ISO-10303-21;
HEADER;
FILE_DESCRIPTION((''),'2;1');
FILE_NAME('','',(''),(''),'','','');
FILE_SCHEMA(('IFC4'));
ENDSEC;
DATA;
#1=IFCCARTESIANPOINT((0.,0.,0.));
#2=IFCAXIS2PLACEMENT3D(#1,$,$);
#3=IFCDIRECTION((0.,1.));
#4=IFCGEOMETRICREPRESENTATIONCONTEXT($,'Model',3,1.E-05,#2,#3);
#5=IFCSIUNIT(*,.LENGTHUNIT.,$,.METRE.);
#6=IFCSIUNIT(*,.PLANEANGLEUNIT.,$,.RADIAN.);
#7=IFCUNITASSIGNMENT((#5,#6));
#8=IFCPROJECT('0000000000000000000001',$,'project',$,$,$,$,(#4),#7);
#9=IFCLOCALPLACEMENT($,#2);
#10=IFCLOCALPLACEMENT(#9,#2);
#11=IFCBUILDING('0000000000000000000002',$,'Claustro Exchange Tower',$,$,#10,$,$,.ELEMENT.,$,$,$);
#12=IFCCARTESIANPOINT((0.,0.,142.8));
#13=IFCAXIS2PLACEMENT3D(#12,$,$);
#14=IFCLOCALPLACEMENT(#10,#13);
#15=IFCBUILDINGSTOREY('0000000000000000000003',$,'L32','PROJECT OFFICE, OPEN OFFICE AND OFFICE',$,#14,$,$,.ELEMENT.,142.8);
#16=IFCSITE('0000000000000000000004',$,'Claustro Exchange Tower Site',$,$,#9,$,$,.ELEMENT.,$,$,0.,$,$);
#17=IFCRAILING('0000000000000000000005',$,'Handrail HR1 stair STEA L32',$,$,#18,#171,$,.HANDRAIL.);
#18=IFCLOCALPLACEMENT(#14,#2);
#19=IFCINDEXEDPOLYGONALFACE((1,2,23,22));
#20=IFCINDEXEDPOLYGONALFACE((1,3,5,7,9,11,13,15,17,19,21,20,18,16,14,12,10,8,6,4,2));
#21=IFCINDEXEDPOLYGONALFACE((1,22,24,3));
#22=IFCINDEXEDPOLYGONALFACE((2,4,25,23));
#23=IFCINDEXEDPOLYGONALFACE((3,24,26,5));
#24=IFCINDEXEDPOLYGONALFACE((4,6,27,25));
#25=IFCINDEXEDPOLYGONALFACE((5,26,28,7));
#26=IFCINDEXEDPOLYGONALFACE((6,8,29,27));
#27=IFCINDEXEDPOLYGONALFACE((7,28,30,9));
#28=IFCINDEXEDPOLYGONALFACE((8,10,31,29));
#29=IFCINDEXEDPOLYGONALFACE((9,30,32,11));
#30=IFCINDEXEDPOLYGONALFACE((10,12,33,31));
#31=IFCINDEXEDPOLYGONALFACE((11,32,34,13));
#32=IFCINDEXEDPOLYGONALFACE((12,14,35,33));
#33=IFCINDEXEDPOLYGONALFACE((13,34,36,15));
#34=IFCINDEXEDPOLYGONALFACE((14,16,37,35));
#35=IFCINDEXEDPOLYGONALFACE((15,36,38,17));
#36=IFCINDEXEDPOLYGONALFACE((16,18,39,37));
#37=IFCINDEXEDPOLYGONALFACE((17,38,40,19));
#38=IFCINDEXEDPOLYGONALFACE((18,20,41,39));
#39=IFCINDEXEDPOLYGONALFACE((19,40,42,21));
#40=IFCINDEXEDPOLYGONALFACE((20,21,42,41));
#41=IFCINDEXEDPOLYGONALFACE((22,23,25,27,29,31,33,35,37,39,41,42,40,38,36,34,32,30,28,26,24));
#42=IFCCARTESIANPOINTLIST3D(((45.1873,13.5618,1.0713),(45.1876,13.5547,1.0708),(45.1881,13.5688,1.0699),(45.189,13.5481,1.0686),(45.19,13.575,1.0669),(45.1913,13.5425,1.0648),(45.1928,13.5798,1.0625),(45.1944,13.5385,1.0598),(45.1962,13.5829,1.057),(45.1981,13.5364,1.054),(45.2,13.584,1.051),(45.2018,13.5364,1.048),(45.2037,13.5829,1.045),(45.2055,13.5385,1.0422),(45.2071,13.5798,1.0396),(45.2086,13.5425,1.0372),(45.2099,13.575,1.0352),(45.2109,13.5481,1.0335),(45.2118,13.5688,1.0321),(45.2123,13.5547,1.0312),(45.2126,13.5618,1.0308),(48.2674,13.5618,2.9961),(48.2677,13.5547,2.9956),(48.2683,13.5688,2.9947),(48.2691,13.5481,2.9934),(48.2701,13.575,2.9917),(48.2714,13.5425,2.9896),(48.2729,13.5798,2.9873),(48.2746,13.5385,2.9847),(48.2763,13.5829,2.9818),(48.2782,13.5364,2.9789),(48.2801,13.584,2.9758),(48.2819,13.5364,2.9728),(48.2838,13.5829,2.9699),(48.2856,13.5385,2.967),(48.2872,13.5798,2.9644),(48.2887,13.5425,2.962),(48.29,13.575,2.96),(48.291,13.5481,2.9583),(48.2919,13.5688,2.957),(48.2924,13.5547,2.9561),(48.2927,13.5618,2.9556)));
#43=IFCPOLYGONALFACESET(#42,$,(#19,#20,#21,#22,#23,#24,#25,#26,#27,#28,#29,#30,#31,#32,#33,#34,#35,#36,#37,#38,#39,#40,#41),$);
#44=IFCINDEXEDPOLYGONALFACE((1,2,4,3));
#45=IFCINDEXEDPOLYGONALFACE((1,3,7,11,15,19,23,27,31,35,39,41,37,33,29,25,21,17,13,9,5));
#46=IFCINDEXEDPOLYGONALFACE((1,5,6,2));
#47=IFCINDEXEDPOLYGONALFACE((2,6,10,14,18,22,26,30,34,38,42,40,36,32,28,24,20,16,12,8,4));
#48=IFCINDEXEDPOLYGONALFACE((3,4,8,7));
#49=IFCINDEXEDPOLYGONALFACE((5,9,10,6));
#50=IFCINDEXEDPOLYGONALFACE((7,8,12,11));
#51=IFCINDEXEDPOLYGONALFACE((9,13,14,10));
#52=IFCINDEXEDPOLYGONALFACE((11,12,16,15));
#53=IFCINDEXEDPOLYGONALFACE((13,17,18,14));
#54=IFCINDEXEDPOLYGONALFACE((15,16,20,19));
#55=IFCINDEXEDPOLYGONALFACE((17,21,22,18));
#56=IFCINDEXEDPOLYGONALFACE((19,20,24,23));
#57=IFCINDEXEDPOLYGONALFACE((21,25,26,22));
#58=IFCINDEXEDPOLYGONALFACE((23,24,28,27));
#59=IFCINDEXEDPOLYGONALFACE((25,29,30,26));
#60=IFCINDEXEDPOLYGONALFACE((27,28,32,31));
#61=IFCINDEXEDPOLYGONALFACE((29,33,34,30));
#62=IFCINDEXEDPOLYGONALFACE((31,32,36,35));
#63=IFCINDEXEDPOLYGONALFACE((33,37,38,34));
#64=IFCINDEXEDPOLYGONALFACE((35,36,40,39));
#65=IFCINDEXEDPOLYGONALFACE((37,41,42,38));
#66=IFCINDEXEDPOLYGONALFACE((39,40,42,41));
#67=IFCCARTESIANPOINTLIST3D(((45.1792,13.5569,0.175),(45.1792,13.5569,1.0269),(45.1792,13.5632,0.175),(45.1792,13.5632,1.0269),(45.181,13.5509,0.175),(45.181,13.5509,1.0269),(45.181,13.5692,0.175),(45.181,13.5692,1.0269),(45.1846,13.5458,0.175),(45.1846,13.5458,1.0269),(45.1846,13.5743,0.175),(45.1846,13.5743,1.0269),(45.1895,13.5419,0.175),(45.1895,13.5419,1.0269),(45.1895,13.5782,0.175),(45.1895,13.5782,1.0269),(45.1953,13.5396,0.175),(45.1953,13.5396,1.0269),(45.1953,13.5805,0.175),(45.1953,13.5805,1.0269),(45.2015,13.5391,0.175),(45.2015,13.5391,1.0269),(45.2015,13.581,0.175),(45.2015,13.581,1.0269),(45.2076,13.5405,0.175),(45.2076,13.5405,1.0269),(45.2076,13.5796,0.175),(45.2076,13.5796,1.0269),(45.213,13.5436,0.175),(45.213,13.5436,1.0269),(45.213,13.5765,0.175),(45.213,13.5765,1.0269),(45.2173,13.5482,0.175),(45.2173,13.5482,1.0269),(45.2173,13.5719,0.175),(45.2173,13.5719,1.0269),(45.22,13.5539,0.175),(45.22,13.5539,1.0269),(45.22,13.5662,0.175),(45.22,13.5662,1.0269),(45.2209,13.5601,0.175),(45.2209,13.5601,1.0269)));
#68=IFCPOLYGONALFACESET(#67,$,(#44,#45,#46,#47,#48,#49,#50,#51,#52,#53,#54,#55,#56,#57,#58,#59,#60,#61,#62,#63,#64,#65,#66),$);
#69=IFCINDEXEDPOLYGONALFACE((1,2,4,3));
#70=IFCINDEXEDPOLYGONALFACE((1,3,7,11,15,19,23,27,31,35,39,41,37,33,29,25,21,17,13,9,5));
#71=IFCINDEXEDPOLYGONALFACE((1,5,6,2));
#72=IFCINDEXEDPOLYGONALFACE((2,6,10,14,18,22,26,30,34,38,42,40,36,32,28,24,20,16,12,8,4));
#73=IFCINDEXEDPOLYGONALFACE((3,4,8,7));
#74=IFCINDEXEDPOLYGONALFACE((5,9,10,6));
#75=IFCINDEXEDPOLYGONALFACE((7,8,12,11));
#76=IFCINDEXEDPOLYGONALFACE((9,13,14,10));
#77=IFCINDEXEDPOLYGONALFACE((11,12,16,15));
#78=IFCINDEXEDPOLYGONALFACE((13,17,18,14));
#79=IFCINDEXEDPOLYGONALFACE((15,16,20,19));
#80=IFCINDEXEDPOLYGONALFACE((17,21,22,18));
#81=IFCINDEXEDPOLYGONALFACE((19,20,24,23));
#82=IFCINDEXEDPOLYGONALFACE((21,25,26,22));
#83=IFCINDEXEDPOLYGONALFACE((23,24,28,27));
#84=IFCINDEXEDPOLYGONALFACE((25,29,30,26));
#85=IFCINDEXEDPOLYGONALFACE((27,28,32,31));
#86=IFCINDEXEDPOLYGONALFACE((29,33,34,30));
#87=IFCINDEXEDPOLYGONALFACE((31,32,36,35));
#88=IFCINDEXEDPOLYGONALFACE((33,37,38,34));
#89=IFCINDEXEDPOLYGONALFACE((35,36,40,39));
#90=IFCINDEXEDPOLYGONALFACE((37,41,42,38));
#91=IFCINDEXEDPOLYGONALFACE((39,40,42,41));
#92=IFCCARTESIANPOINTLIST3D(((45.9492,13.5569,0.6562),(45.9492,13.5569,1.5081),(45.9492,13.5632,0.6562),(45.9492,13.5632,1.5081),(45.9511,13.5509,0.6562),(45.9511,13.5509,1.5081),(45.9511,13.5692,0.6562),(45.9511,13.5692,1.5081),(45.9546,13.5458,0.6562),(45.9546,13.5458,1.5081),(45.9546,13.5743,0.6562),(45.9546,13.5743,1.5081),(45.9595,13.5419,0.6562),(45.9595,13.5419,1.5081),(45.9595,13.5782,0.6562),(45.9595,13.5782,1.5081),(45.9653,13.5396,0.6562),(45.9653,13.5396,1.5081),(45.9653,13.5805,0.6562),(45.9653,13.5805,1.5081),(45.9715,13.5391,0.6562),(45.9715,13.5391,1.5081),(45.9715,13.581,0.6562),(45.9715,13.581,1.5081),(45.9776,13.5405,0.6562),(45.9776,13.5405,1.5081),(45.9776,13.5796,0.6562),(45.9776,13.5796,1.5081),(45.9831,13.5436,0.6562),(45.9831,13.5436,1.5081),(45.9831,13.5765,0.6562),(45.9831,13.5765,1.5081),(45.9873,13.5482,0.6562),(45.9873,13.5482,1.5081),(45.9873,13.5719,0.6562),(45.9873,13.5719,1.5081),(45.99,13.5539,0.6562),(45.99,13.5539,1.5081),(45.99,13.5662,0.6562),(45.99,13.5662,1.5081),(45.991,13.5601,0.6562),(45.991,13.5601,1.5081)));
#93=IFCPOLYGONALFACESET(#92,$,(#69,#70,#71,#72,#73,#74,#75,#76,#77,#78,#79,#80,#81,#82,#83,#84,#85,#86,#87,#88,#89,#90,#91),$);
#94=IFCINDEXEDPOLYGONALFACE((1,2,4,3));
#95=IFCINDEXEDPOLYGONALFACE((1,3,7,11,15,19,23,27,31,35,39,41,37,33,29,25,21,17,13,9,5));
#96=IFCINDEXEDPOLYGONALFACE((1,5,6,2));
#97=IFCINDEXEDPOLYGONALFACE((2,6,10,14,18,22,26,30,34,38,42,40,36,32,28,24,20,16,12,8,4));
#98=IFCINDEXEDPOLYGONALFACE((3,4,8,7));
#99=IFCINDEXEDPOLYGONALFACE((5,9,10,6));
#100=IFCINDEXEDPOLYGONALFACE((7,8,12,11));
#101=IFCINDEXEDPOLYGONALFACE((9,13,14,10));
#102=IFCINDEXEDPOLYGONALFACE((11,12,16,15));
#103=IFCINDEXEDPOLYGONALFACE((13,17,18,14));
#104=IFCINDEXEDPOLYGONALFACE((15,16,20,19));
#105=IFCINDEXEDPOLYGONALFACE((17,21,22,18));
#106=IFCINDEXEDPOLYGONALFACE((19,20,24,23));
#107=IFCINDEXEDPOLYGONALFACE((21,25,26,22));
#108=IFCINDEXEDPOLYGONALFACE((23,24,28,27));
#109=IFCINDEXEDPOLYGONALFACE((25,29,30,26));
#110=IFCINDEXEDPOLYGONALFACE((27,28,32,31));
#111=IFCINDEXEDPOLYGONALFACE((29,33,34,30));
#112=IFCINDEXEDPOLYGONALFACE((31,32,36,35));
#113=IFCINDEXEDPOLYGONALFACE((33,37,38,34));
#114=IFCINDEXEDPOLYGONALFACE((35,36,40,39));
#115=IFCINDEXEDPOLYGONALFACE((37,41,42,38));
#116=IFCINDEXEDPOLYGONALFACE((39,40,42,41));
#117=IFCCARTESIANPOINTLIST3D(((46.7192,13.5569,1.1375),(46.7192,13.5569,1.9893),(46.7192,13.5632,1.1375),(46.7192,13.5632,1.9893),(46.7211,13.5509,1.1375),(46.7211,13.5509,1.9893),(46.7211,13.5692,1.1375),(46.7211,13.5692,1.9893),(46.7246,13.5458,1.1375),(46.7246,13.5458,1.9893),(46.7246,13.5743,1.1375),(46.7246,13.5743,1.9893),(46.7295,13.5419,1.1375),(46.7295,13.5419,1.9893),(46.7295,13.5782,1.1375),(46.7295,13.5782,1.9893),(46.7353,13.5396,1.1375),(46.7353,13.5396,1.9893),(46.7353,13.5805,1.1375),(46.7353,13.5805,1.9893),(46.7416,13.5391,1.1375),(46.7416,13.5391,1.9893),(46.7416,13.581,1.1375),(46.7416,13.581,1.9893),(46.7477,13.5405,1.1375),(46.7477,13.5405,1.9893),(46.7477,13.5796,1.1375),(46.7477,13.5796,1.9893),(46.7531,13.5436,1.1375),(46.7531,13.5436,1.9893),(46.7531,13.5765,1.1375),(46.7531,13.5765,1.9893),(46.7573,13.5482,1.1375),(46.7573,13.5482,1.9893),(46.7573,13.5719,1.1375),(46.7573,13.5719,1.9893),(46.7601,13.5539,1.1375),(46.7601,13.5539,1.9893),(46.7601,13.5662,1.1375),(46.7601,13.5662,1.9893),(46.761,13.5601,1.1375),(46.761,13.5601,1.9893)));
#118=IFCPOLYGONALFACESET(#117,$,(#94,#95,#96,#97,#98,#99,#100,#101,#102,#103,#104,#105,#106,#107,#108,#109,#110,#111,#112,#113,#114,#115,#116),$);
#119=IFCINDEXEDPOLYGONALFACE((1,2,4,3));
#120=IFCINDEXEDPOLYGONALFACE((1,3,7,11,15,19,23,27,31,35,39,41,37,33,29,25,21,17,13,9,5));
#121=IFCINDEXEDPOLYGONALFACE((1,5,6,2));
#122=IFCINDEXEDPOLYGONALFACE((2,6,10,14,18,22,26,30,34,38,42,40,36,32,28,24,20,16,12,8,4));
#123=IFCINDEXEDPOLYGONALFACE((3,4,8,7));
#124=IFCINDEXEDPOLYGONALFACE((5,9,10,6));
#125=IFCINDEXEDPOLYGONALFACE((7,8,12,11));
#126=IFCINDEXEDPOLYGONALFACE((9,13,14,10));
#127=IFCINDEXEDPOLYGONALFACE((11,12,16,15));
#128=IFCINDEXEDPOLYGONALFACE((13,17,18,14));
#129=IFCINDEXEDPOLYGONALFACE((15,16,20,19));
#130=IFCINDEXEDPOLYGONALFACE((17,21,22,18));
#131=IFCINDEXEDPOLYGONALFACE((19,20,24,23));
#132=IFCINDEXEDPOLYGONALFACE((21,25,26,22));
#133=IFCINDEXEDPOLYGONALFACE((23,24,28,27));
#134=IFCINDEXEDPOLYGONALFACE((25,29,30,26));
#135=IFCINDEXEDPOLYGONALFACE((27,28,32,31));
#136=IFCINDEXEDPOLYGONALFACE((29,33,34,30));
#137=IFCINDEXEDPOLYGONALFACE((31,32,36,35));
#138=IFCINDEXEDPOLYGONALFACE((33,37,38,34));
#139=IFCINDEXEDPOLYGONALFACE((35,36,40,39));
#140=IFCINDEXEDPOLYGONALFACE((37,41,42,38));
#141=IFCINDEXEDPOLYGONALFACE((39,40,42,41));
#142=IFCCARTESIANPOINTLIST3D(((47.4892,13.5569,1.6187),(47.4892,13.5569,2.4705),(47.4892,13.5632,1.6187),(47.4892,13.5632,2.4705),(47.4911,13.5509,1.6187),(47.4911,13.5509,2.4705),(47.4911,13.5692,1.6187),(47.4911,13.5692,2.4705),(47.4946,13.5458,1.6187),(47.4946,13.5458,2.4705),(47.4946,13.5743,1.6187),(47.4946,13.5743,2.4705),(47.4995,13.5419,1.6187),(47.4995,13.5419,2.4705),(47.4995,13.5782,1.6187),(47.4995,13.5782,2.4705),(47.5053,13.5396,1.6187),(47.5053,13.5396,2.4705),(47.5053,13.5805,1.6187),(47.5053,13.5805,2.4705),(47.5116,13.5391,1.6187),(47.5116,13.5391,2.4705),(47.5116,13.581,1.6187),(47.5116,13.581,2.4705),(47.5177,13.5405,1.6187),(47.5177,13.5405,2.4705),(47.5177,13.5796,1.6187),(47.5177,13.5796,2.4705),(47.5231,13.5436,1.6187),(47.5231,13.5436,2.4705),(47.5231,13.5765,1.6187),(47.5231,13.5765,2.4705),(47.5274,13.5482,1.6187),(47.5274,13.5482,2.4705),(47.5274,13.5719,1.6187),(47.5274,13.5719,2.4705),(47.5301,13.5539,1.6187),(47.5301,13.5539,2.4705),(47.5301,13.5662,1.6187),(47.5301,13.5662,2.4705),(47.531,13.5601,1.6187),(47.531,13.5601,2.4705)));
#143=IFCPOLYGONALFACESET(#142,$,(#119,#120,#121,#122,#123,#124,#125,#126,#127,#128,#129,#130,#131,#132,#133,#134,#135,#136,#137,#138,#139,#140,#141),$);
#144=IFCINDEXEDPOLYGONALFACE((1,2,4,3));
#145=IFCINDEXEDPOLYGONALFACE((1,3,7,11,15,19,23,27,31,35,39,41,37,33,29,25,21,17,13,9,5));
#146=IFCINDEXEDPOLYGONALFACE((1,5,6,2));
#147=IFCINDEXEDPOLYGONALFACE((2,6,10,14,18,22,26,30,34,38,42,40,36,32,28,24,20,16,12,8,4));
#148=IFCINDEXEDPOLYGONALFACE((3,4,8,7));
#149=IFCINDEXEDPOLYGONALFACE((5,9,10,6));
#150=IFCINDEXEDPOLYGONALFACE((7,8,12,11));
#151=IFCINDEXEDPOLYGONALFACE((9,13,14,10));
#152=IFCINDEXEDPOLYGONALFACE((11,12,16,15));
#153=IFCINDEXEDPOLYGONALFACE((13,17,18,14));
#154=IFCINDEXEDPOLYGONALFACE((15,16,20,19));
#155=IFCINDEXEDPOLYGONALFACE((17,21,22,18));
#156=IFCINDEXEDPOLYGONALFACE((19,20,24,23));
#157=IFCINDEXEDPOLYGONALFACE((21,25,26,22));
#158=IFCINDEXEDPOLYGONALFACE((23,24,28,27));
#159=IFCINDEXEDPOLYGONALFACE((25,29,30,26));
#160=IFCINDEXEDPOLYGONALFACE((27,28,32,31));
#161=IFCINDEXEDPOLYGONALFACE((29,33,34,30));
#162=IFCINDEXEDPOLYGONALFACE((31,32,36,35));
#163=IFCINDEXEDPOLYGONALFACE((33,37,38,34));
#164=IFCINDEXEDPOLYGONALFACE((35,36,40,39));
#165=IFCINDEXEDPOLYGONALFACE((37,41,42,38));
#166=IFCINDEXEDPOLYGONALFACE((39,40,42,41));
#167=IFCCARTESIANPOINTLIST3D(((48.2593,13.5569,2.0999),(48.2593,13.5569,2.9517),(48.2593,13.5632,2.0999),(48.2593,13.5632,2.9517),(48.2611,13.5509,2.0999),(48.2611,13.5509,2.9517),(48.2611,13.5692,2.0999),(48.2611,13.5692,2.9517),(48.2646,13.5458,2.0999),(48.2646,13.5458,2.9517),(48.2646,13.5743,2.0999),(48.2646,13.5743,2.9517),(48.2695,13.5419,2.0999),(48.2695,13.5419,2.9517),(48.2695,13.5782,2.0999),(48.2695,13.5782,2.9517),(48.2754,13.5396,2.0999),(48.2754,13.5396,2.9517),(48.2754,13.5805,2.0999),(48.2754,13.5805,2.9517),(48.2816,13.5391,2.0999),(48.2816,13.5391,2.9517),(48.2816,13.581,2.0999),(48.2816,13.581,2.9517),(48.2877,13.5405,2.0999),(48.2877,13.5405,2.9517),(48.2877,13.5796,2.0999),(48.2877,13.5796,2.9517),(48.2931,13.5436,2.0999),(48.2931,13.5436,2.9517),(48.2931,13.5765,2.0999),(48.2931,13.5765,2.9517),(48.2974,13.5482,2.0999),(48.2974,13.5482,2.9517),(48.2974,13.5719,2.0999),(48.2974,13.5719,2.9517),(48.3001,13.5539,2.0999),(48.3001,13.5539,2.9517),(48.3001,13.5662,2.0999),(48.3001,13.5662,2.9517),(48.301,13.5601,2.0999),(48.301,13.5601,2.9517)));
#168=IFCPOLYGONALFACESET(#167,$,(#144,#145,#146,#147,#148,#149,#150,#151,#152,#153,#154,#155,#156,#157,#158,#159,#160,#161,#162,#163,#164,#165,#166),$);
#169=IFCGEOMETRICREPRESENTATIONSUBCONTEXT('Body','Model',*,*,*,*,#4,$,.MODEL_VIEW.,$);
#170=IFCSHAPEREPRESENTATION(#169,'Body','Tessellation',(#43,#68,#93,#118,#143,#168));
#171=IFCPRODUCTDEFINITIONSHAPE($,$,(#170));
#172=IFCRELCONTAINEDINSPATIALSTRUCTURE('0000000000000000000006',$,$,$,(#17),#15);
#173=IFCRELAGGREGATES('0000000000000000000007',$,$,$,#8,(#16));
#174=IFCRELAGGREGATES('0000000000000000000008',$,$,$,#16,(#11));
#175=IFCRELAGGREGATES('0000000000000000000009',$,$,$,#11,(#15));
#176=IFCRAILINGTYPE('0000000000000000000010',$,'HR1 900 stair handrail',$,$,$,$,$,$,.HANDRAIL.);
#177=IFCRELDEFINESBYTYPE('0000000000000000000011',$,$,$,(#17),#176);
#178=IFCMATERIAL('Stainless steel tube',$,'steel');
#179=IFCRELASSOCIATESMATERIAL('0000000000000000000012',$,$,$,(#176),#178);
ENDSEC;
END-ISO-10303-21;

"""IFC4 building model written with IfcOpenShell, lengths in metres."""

from ifc_helpers import new_model, si_unit, direction, frame, origin, origin_2d, place, context, subcontext, project, spatial, circle, extrude, material, type_object, element, save


model = new_model("IFC4")

# Units and contexts
model_context = context("Model", 3, precision=1e-05, world=origin(), true_north=direction((0.0, 1.0)))
body_context = subcontext(model_context, "Body", "Model", "MODEL_VIEW")
ifc_project = project(units=[si_unit("LENGTHUNIT", "METRE"), si_unit("PLANEANGLEUNIT", "RADIAN")], contexts=[model_context])

# Site, building, storey
site_placement = place(None, origin())
site = spatial("IfcSite", under=ifc_project, at=site_placement, Name="Claustro Exchange Tower Site", CompositionType="ELEMENT", RefElevation=0.0)
building_placement = place(site_placement, origin())
building = spatial("IfcBuilding", under=site, at=building_placement, Name="Claustro Exchange Tower", CompositionType="ELEMENT")
storey_placement = place(building_placement, frame((0.0, 0.0, 142.8)))
storey = spatial("IfcBuildingStorey", under=building, at=storey_placement, Name="L32", Description="PROJECT OFFICE, OPEN OFFICE AND OFFICE", CompositionType="ELEMENT", Elevation=142.8)

# Railing
ifc_material_1 = material(Name="Stainless steel tube", Category="steel")
railing_type_1 = type_object("IfcRailingType", Name="HR1 900 stair handrail", PredefinedType="HANDRAIL", material=ifc_material_1)
railing_1_placement = place(storey_placement, frame((45.2, 13.5601, 0.175)))
element("IfcRailing", 1, at=railing_1_placement, inside=storey, type_object=railing_type_1, Name="Handrail HR1 stair STEA L32", PredefinedType="HANDRAIL", context=body_context, shape_type="SweptSolid", body=[
    extrude(circle(Radius=0.0239, at=origin_2d()), frame((0.0, 0.0, 0.876), z_axis=(0.848029, 0.0, 0.529951), x_axis=(0.0, 1.0, 0.0)), (0.0, 0.0, 1.0), 3.6321),
    extrude(circle(Radius=0.021, at=origin_2d()), origin(), (0.0, 0.0, 1.0), 0.8518),
    extrude(circle(Radius=0.021, at=origin_2d()), frame((0.77, 0.0, 0.4812)), (0.0, 0.0, 1.0), 0.8518),
    extrude(circle(Radius=0.021, at=origin_2d()), frame((1.54, 0.0, 0.9624)), (0.0, 0.0, 1.0), 0.8518),
    extrude(circle(Radius=0.021, at=origin_2d()), frame((2.3101, 0.0, 1.4436)), (0.0, 0.0, 1.0), 0.8518),
    extrude(circle(Radius=0.021, at=origin_2d()), frame((3.0801, 0.0, 1.9248)), (0.0, 0.0, 1.0), 0.8518),
])

save(model, "model.ifc")
